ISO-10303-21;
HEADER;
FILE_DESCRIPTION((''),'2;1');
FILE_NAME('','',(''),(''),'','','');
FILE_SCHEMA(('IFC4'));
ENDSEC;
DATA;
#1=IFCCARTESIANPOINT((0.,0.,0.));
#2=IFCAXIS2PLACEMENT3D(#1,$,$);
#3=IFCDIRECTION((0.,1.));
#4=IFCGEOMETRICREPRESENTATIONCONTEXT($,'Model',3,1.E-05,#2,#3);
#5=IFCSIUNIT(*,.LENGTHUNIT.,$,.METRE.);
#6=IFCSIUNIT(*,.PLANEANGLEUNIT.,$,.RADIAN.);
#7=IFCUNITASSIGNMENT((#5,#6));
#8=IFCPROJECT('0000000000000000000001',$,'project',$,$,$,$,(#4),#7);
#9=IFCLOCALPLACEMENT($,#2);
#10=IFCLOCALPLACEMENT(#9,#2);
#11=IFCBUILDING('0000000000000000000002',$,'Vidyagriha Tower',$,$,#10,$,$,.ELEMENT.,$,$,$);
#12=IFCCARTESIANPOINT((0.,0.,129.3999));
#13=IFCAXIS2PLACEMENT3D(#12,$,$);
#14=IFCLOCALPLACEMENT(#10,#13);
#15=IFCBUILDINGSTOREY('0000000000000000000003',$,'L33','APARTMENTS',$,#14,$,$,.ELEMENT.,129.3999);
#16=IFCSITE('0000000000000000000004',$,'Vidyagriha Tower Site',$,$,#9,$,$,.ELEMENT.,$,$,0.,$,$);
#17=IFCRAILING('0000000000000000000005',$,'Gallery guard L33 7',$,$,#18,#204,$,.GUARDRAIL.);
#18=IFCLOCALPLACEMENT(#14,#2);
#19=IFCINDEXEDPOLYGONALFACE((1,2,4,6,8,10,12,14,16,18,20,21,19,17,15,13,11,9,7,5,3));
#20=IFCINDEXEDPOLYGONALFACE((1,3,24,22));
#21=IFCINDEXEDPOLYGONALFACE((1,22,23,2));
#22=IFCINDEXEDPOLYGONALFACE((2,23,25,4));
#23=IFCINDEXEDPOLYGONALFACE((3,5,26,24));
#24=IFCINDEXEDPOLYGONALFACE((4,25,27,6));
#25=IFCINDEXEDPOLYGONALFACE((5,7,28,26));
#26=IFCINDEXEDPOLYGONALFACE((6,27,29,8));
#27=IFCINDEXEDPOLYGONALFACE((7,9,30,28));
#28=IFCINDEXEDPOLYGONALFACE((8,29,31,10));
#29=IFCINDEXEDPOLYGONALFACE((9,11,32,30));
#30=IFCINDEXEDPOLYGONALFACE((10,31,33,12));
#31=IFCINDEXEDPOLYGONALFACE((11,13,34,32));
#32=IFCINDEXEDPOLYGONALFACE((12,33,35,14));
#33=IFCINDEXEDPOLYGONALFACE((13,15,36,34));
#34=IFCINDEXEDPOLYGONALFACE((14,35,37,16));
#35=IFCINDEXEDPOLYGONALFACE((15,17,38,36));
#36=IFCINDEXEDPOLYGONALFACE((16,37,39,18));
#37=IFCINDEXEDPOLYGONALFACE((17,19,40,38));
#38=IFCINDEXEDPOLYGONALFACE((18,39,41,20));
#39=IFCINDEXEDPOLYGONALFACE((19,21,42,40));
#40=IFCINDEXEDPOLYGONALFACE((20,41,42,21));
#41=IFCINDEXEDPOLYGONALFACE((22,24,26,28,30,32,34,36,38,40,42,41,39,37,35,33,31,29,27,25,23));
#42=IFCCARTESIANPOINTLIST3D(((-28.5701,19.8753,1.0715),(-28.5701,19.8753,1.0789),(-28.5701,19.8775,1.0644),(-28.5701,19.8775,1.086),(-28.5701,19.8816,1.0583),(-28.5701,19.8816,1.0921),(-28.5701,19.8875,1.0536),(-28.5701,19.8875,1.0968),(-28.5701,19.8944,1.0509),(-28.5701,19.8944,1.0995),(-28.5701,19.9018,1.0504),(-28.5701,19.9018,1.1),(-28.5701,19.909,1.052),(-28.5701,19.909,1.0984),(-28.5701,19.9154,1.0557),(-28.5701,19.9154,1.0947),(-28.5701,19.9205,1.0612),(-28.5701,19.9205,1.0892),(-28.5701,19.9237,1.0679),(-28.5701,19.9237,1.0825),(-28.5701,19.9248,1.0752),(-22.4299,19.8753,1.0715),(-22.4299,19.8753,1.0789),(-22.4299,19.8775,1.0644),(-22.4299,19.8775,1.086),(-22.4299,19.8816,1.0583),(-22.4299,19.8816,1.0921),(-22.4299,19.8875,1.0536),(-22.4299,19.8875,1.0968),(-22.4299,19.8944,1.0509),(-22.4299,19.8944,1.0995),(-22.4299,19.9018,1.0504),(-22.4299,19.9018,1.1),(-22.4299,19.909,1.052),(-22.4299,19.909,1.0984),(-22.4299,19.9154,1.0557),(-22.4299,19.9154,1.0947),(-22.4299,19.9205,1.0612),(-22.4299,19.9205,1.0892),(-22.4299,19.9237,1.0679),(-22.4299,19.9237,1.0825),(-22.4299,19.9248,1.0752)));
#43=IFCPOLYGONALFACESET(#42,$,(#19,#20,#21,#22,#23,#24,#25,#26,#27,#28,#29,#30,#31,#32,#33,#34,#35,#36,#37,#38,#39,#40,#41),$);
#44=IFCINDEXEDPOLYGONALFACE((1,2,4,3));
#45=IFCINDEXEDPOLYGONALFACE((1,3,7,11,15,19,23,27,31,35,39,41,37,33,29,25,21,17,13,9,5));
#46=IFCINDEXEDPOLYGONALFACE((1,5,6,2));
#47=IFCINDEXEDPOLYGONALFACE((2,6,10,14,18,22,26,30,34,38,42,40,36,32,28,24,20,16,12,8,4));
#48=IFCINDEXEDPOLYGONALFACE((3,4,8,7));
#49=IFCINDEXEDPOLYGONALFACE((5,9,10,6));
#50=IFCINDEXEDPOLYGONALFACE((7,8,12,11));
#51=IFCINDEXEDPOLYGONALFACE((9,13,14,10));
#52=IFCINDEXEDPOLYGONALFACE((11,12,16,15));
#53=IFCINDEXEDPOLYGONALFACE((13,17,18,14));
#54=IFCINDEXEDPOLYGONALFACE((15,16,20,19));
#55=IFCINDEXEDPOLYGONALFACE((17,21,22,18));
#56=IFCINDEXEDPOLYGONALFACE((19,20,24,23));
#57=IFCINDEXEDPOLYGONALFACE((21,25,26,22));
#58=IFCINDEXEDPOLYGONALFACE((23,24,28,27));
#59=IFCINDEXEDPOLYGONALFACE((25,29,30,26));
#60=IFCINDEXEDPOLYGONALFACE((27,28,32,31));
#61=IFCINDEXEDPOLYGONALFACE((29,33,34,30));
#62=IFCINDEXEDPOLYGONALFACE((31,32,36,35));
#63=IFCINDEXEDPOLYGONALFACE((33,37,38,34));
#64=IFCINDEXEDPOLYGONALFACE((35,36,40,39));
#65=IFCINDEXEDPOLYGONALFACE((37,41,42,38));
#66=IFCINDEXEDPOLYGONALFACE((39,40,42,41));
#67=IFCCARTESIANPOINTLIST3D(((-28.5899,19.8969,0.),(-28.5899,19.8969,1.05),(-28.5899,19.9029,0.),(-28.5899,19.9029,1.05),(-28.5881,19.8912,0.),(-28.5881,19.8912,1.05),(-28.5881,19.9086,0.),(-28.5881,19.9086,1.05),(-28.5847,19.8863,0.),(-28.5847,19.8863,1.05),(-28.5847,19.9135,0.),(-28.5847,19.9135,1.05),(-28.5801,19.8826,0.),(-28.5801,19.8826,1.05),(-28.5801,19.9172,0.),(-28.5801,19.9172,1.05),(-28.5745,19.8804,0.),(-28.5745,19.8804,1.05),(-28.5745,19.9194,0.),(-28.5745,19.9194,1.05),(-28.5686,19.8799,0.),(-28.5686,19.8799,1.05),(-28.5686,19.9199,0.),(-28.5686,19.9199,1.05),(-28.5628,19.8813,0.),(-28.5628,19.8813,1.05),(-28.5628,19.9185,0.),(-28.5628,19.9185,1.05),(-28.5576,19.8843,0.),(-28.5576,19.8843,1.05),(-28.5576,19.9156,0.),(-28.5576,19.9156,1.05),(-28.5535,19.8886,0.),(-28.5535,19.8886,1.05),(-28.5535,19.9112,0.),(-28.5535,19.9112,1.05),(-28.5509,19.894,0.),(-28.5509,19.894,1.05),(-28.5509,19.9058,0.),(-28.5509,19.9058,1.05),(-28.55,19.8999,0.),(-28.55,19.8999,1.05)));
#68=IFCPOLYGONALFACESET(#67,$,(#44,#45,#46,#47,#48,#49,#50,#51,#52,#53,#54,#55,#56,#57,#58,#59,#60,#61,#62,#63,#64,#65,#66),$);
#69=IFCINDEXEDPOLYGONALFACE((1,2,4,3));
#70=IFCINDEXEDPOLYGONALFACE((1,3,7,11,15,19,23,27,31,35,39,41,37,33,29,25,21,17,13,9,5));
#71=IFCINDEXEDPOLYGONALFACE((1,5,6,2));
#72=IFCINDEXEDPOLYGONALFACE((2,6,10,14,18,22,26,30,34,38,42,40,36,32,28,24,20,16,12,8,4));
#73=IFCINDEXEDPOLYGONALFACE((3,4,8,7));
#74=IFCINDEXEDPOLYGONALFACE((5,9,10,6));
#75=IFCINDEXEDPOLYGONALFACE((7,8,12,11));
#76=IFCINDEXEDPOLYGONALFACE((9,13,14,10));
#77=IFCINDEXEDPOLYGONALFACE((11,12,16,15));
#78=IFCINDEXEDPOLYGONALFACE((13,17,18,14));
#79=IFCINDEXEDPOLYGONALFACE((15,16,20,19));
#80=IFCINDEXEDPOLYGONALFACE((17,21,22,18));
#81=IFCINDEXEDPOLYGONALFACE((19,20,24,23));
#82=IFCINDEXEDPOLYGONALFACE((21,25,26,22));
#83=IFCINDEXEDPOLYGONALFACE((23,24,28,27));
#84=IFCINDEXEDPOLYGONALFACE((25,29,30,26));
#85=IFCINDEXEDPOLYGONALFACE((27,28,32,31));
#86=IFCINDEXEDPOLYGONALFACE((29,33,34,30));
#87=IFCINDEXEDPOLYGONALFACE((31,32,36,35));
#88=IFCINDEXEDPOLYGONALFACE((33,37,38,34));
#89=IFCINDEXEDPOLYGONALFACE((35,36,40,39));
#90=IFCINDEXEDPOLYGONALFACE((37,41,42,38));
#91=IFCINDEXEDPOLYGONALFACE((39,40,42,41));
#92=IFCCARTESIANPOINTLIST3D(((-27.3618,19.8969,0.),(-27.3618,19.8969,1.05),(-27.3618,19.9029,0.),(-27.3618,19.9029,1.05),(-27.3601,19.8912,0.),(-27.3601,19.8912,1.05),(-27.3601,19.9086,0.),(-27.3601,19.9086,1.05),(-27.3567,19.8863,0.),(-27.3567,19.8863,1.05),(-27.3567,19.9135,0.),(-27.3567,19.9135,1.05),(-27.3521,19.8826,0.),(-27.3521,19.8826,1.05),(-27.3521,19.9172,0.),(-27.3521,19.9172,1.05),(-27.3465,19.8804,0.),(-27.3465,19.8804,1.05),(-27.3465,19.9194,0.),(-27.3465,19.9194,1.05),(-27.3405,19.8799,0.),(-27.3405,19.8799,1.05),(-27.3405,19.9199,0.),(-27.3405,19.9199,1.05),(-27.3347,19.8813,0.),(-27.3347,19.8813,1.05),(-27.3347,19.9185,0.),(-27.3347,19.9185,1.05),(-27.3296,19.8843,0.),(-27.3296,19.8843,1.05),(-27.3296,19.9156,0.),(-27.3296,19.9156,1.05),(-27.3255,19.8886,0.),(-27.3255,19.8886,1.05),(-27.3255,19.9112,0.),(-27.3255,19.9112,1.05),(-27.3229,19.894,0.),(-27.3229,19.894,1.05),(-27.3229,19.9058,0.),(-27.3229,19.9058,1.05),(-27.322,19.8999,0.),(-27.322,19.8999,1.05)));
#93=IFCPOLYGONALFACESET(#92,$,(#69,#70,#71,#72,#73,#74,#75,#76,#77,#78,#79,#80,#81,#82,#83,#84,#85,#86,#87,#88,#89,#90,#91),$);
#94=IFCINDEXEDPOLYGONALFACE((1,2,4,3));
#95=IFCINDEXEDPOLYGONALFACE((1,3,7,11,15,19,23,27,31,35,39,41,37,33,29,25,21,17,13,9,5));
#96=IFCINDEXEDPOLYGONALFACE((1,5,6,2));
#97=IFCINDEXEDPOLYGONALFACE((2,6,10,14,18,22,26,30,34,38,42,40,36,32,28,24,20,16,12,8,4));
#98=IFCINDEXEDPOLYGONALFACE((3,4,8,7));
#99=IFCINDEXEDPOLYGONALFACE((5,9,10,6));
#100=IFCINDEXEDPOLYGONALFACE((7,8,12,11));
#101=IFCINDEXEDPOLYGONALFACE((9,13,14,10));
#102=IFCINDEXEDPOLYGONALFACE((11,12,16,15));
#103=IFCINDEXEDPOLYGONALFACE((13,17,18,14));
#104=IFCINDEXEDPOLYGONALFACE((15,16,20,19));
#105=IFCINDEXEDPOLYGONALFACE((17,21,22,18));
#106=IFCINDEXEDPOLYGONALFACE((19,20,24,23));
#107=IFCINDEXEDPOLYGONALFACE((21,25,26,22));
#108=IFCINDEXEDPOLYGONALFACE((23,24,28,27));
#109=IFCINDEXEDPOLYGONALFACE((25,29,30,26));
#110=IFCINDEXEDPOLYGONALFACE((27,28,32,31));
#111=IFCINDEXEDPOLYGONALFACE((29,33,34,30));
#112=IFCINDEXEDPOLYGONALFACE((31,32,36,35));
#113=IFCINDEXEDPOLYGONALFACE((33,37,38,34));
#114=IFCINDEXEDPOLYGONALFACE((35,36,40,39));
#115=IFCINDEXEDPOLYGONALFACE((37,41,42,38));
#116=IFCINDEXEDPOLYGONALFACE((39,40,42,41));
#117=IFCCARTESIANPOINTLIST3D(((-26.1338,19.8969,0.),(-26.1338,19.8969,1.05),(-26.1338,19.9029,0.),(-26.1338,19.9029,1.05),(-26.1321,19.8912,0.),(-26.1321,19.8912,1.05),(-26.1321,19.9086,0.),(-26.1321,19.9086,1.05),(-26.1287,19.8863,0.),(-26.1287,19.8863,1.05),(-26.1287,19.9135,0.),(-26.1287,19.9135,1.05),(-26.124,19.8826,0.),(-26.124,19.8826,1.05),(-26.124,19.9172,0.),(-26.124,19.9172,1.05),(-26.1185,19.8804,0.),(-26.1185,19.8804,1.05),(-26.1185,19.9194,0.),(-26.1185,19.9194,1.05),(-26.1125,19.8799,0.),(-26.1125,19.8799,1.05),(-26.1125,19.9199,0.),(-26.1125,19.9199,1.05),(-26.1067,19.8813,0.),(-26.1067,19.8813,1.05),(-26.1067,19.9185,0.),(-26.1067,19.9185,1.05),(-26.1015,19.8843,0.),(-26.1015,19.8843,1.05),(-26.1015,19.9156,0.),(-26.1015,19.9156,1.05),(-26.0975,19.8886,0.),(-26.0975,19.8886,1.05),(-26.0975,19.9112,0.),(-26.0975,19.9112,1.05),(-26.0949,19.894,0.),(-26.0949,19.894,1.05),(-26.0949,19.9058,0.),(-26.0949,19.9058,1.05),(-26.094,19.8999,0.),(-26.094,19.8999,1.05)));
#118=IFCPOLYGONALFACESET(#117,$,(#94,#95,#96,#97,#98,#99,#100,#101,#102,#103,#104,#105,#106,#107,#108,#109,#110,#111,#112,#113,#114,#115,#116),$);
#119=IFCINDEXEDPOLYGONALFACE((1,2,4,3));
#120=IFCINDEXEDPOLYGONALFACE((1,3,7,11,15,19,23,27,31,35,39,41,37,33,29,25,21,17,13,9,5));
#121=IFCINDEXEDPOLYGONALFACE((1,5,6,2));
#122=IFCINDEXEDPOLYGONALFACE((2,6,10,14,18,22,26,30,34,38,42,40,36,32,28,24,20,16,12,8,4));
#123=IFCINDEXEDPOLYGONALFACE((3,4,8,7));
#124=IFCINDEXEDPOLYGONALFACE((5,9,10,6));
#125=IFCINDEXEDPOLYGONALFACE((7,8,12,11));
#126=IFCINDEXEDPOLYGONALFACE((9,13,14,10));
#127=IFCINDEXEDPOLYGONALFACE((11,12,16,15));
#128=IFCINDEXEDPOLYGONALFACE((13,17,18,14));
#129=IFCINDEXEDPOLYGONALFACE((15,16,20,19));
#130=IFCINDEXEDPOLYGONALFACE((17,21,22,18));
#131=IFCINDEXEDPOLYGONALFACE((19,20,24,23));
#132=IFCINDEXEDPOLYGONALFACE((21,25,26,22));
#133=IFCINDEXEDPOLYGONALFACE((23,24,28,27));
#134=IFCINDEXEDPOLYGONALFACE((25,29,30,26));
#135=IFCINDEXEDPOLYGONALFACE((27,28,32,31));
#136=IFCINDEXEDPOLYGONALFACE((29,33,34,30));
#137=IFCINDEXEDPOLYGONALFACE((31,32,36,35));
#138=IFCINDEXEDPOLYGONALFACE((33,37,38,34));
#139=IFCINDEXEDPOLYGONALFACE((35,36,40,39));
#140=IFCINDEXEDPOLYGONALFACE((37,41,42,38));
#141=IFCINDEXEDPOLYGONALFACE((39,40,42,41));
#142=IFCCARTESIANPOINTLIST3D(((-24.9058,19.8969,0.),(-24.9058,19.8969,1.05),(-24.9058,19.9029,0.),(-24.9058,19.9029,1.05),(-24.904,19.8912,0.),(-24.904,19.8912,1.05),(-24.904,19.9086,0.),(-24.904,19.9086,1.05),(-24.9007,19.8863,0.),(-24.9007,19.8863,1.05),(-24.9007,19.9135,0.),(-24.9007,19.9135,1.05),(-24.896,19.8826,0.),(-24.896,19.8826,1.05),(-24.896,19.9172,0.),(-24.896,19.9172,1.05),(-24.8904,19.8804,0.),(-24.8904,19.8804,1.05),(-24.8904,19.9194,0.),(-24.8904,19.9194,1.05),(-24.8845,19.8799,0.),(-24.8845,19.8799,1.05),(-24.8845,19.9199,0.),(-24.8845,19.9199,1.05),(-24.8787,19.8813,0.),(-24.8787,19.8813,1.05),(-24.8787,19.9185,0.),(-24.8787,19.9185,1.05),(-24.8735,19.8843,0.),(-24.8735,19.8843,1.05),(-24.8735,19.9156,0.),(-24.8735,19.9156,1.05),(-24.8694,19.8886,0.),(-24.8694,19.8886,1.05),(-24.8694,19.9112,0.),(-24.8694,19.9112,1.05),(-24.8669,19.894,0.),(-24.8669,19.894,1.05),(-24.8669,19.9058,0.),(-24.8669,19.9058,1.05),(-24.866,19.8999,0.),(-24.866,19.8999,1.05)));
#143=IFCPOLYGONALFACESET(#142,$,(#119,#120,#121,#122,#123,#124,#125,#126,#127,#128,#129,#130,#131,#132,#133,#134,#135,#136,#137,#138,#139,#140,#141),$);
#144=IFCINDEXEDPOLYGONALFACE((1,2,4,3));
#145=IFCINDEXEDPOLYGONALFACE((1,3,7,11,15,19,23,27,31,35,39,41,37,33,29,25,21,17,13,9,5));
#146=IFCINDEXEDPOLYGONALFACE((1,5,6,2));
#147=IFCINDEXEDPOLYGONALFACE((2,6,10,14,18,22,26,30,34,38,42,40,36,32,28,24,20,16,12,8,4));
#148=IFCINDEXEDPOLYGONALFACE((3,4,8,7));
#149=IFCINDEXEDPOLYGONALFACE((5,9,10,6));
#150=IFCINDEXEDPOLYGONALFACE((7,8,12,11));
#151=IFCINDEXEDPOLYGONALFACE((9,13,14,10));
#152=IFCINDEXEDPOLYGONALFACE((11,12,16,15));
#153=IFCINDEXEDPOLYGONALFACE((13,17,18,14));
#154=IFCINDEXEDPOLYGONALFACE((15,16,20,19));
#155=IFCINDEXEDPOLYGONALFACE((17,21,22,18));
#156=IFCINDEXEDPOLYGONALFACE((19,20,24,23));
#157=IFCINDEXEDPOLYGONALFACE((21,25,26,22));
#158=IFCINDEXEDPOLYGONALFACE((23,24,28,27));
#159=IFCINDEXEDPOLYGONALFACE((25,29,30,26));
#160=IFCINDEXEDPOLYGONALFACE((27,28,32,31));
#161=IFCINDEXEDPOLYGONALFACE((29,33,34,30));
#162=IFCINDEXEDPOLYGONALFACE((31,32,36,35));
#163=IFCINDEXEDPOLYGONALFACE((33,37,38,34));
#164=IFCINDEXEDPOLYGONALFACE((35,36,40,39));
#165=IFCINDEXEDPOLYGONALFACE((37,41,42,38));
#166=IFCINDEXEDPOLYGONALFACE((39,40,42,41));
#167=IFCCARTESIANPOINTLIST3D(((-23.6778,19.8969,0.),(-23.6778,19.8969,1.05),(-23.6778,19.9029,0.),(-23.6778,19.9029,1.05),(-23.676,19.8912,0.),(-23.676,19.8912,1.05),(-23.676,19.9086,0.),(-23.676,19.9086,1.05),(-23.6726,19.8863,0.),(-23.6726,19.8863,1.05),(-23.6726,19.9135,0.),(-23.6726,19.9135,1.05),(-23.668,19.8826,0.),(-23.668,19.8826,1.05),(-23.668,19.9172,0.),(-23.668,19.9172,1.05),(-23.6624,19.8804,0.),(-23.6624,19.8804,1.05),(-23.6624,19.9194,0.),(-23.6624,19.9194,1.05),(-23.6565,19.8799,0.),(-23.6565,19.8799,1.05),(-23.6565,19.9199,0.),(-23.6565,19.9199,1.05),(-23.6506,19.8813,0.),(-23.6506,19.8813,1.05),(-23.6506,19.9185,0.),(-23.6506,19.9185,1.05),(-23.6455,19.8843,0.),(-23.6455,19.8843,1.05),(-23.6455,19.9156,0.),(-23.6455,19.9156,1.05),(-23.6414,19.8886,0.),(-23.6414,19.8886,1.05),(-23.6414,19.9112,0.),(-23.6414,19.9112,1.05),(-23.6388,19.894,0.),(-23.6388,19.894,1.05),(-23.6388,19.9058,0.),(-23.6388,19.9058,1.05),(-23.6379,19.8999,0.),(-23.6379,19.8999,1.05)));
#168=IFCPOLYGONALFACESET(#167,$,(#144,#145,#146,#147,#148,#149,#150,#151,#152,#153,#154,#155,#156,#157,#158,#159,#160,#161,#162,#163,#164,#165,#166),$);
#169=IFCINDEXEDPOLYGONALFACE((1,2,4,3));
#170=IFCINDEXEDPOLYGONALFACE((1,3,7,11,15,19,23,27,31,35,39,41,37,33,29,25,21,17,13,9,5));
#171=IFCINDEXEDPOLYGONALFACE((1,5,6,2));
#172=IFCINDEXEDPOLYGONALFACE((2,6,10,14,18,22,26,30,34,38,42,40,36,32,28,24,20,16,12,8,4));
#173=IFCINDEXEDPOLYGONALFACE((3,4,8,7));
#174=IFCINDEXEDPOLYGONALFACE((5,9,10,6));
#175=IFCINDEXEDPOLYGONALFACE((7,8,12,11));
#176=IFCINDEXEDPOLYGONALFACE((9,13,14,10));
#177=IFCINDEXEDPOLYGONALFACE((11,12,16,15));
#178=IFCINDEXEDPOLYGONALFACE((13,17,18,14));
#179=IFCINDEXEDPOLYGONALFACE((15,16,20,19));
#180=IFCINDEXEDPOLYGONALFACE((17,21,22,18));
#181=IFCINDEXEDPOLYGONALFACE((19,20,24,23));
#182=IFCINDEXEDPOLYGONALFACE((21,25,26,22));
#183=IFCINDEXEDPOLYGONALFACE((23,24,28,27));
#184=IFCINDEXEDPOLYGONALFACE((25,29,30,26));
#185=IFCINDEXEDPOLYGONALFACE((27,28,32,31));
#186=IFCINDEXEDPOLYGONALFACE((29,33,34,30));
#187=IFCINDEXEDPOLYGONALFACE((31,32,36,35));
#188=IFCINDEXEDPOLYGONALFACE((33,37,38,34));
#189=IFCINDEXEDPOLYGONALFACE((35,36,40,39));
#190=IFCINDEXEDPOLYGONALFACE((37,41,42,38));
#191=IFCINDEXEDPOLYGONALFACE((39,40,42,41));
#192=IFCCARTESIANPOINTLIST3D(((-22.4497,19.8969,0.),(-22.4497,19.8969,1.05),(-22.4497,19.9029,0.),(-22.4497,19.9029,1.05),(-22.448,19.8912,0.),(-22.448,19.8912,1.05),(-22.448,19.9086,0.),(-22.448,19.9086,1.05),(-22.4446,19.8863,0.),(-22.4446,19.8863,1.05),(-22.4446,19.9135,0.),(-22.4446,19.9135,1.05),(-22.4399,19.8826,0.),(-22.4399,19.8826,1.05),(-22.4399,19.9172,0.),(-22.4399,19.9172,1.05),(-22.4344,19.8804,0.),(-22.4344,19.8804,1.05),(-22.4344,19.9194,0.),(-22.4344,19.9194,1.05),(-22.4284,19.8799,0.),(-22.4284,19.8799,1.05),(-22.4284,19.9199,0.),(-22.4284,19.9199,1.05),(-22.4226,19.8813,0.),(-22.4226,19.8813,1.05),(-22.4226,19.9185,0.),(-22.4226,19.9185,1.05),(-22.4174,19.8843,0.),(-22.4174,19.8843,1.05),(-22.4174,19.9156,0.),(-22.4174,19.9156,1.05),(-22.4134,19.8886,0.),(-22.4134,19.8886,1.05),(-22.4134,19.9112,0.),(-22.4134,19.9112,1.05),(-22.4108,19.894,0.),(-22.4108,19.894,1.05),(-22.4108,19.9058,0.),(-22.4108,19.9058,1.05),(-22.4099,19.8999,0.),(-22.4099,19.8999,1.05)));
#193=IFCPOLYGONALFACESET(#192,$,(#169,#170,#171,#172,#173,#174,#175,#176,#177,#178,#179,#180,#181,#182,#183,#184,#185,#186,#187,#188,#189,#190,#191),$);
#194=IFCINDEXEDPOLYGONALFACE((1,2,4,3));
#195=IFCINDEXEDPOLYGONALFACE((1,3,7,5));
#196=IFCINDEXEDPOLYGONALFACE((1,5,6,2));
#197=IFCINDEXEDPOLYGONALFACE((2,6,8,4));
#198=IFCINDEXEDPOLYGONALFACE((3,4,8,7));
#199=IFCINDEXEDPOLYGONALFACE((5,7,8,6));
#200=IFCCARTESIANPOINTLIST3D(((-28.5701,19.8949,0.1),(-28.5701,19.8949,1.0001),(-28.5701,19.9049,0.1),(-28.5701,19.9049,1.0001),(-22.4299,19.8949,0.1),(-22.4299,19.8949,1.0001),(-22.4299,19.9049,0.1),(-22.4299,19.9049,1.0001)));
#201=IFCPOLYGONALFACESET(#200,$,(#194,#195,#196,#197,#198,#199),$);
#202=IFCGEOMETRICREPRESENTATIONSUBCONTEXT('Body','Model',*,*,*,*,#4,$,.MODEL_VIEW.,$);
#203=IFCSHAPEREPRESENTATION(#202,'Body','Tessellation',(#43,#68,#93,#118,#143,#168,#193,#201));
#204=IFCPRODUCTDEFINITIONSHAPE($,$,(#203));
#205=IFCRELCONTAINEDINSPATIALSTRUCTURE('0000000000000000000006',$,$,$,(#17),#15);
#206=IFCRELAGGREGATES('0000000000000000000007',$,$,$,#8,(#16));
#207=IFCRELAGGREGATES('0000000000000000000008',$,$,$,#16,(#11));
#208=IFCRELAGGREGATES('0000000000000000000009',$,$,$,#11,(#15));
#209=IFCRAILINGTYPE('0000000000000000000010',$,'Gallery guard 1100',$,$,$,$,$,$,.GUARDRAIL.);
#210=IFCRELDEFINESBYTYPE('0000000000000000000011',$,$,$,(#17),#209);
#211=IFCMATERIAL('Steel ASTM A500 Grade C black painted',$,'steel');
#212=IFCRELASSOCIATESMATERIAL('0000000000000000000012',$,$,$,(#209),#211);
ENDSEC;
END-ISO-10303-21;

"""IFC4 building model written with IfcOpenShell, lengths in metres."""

from ifc_helpers import new_model, si_unit, direction, frame, origin, origin_2d, place, context, subcontext, project, spatial, rectangle, circle, extrude, material, type_object, element, save


model = new_model("IFC4")

# Units and contexts
model_context = context("Model", 3, precision=1e-05, world=origin(), true_north=direction((0.0, 1.0)))
body_context = subcontext(model_context, "Body", "Model", "MODEL_VIEW")
ifc_project = project(units=[si_unit("LENGTHUNIT", "METRE"), si_unit("PLANEANGLEUNIT", "RADIAN")], contexts=[model_context])

# Site, building, storey
site_placement = place(None, origin())
site = spatial("IfcSite", under=ifc_project, at=site_placement, Name="Vidyagriha Tower Site", CompositionType="ELEMENT", RefElevation=0.0)
building_placement = place(site_placement, origin())
building = spatial("IfcBuilding", under=site, at=building_placement, Name="Vidyagriha Tower", CompositionType="ELEMENT")
storey_placement = place(building_placement, frame((0.0, 0.0, 129.3999)))
storey = spatial("IfcBuildingStorey", under=building, at=storey_placement, Name="L33", Description="APARTMENTS", CompositionType="ELEMENT", Elevation=129.3999)

# Railing
ifc_material_1 = material(Name="Steel ASTM A500 Grade C black painted", Category="steel")
railing_type = type_object("IfcRailingType", Name="Gallery guard 1100", PredefinedType="GUARDRAIL", material=ifc_material_1)
railing_1_placement = place(storey_placement, frame((-28.5701, 19.8999, 0.0)))
element("IfcRailing", 1, at=railing_1_placement, inside=storey, type_object=railing_type, Name="Gallery guard L33 7", PredefinedType="GUARDRAIL", context=body_context, shape_type="SweptSolid", body=[
    extrude(circle(Radius=0.0249, at=origin_2d()), frame((0.0, 0.0, 1.0752), z_axis=(1.0, 0.0, 0.0), x_axis=(0.0, 1.0, 0.0)), (0.0, 0.0, 1.0), 6.1401),
    extrude(circle(Radius=0.02, at=origin_2d()), origin(), (0.0, 0.0, 1.0), 1.05),
    extrude(circle(Radius=0.02, at=origin_2d()), frame((1.228, 0.0, 0.0)), (0.0, 0.0, 1.0), 1.05),
    extrude(circle(Radius=0.02, at=origin_2d()), frame((2.4561, 0.0, 0.0)), (0.0, 0.0, 1.0), 1.05),
    extrude(circle(Radius=0.02, at=origin_2d()), frame((3.6841, 0.0, 0.0)), (0.0, 0.0, 1.0), 1.05),
    extrude(circle(Radius=0.02, at=origin_2d()), frame((4.9121, 0.0, 0.0)), (0.0, 0.0, 1.0), 1.05),
    extrude(circle(Radius=0.02, at=origin_2d()), frame((6.1401, 0.0, 0.0)), (0.0, 0.0, 1.0), 1.05),
    extrude(rectangle(XDim=0.01, YDim=0.9001, at=origin_2d()), frame((0.0, 0.0, 0.55), z_axis=(1.0, 0.0, 0.0), x_axis=(0.0, 1.0, 0.0)), (0.0, 0.0, 1.0), 6.1401),
])

save(model, "model.ifc")
